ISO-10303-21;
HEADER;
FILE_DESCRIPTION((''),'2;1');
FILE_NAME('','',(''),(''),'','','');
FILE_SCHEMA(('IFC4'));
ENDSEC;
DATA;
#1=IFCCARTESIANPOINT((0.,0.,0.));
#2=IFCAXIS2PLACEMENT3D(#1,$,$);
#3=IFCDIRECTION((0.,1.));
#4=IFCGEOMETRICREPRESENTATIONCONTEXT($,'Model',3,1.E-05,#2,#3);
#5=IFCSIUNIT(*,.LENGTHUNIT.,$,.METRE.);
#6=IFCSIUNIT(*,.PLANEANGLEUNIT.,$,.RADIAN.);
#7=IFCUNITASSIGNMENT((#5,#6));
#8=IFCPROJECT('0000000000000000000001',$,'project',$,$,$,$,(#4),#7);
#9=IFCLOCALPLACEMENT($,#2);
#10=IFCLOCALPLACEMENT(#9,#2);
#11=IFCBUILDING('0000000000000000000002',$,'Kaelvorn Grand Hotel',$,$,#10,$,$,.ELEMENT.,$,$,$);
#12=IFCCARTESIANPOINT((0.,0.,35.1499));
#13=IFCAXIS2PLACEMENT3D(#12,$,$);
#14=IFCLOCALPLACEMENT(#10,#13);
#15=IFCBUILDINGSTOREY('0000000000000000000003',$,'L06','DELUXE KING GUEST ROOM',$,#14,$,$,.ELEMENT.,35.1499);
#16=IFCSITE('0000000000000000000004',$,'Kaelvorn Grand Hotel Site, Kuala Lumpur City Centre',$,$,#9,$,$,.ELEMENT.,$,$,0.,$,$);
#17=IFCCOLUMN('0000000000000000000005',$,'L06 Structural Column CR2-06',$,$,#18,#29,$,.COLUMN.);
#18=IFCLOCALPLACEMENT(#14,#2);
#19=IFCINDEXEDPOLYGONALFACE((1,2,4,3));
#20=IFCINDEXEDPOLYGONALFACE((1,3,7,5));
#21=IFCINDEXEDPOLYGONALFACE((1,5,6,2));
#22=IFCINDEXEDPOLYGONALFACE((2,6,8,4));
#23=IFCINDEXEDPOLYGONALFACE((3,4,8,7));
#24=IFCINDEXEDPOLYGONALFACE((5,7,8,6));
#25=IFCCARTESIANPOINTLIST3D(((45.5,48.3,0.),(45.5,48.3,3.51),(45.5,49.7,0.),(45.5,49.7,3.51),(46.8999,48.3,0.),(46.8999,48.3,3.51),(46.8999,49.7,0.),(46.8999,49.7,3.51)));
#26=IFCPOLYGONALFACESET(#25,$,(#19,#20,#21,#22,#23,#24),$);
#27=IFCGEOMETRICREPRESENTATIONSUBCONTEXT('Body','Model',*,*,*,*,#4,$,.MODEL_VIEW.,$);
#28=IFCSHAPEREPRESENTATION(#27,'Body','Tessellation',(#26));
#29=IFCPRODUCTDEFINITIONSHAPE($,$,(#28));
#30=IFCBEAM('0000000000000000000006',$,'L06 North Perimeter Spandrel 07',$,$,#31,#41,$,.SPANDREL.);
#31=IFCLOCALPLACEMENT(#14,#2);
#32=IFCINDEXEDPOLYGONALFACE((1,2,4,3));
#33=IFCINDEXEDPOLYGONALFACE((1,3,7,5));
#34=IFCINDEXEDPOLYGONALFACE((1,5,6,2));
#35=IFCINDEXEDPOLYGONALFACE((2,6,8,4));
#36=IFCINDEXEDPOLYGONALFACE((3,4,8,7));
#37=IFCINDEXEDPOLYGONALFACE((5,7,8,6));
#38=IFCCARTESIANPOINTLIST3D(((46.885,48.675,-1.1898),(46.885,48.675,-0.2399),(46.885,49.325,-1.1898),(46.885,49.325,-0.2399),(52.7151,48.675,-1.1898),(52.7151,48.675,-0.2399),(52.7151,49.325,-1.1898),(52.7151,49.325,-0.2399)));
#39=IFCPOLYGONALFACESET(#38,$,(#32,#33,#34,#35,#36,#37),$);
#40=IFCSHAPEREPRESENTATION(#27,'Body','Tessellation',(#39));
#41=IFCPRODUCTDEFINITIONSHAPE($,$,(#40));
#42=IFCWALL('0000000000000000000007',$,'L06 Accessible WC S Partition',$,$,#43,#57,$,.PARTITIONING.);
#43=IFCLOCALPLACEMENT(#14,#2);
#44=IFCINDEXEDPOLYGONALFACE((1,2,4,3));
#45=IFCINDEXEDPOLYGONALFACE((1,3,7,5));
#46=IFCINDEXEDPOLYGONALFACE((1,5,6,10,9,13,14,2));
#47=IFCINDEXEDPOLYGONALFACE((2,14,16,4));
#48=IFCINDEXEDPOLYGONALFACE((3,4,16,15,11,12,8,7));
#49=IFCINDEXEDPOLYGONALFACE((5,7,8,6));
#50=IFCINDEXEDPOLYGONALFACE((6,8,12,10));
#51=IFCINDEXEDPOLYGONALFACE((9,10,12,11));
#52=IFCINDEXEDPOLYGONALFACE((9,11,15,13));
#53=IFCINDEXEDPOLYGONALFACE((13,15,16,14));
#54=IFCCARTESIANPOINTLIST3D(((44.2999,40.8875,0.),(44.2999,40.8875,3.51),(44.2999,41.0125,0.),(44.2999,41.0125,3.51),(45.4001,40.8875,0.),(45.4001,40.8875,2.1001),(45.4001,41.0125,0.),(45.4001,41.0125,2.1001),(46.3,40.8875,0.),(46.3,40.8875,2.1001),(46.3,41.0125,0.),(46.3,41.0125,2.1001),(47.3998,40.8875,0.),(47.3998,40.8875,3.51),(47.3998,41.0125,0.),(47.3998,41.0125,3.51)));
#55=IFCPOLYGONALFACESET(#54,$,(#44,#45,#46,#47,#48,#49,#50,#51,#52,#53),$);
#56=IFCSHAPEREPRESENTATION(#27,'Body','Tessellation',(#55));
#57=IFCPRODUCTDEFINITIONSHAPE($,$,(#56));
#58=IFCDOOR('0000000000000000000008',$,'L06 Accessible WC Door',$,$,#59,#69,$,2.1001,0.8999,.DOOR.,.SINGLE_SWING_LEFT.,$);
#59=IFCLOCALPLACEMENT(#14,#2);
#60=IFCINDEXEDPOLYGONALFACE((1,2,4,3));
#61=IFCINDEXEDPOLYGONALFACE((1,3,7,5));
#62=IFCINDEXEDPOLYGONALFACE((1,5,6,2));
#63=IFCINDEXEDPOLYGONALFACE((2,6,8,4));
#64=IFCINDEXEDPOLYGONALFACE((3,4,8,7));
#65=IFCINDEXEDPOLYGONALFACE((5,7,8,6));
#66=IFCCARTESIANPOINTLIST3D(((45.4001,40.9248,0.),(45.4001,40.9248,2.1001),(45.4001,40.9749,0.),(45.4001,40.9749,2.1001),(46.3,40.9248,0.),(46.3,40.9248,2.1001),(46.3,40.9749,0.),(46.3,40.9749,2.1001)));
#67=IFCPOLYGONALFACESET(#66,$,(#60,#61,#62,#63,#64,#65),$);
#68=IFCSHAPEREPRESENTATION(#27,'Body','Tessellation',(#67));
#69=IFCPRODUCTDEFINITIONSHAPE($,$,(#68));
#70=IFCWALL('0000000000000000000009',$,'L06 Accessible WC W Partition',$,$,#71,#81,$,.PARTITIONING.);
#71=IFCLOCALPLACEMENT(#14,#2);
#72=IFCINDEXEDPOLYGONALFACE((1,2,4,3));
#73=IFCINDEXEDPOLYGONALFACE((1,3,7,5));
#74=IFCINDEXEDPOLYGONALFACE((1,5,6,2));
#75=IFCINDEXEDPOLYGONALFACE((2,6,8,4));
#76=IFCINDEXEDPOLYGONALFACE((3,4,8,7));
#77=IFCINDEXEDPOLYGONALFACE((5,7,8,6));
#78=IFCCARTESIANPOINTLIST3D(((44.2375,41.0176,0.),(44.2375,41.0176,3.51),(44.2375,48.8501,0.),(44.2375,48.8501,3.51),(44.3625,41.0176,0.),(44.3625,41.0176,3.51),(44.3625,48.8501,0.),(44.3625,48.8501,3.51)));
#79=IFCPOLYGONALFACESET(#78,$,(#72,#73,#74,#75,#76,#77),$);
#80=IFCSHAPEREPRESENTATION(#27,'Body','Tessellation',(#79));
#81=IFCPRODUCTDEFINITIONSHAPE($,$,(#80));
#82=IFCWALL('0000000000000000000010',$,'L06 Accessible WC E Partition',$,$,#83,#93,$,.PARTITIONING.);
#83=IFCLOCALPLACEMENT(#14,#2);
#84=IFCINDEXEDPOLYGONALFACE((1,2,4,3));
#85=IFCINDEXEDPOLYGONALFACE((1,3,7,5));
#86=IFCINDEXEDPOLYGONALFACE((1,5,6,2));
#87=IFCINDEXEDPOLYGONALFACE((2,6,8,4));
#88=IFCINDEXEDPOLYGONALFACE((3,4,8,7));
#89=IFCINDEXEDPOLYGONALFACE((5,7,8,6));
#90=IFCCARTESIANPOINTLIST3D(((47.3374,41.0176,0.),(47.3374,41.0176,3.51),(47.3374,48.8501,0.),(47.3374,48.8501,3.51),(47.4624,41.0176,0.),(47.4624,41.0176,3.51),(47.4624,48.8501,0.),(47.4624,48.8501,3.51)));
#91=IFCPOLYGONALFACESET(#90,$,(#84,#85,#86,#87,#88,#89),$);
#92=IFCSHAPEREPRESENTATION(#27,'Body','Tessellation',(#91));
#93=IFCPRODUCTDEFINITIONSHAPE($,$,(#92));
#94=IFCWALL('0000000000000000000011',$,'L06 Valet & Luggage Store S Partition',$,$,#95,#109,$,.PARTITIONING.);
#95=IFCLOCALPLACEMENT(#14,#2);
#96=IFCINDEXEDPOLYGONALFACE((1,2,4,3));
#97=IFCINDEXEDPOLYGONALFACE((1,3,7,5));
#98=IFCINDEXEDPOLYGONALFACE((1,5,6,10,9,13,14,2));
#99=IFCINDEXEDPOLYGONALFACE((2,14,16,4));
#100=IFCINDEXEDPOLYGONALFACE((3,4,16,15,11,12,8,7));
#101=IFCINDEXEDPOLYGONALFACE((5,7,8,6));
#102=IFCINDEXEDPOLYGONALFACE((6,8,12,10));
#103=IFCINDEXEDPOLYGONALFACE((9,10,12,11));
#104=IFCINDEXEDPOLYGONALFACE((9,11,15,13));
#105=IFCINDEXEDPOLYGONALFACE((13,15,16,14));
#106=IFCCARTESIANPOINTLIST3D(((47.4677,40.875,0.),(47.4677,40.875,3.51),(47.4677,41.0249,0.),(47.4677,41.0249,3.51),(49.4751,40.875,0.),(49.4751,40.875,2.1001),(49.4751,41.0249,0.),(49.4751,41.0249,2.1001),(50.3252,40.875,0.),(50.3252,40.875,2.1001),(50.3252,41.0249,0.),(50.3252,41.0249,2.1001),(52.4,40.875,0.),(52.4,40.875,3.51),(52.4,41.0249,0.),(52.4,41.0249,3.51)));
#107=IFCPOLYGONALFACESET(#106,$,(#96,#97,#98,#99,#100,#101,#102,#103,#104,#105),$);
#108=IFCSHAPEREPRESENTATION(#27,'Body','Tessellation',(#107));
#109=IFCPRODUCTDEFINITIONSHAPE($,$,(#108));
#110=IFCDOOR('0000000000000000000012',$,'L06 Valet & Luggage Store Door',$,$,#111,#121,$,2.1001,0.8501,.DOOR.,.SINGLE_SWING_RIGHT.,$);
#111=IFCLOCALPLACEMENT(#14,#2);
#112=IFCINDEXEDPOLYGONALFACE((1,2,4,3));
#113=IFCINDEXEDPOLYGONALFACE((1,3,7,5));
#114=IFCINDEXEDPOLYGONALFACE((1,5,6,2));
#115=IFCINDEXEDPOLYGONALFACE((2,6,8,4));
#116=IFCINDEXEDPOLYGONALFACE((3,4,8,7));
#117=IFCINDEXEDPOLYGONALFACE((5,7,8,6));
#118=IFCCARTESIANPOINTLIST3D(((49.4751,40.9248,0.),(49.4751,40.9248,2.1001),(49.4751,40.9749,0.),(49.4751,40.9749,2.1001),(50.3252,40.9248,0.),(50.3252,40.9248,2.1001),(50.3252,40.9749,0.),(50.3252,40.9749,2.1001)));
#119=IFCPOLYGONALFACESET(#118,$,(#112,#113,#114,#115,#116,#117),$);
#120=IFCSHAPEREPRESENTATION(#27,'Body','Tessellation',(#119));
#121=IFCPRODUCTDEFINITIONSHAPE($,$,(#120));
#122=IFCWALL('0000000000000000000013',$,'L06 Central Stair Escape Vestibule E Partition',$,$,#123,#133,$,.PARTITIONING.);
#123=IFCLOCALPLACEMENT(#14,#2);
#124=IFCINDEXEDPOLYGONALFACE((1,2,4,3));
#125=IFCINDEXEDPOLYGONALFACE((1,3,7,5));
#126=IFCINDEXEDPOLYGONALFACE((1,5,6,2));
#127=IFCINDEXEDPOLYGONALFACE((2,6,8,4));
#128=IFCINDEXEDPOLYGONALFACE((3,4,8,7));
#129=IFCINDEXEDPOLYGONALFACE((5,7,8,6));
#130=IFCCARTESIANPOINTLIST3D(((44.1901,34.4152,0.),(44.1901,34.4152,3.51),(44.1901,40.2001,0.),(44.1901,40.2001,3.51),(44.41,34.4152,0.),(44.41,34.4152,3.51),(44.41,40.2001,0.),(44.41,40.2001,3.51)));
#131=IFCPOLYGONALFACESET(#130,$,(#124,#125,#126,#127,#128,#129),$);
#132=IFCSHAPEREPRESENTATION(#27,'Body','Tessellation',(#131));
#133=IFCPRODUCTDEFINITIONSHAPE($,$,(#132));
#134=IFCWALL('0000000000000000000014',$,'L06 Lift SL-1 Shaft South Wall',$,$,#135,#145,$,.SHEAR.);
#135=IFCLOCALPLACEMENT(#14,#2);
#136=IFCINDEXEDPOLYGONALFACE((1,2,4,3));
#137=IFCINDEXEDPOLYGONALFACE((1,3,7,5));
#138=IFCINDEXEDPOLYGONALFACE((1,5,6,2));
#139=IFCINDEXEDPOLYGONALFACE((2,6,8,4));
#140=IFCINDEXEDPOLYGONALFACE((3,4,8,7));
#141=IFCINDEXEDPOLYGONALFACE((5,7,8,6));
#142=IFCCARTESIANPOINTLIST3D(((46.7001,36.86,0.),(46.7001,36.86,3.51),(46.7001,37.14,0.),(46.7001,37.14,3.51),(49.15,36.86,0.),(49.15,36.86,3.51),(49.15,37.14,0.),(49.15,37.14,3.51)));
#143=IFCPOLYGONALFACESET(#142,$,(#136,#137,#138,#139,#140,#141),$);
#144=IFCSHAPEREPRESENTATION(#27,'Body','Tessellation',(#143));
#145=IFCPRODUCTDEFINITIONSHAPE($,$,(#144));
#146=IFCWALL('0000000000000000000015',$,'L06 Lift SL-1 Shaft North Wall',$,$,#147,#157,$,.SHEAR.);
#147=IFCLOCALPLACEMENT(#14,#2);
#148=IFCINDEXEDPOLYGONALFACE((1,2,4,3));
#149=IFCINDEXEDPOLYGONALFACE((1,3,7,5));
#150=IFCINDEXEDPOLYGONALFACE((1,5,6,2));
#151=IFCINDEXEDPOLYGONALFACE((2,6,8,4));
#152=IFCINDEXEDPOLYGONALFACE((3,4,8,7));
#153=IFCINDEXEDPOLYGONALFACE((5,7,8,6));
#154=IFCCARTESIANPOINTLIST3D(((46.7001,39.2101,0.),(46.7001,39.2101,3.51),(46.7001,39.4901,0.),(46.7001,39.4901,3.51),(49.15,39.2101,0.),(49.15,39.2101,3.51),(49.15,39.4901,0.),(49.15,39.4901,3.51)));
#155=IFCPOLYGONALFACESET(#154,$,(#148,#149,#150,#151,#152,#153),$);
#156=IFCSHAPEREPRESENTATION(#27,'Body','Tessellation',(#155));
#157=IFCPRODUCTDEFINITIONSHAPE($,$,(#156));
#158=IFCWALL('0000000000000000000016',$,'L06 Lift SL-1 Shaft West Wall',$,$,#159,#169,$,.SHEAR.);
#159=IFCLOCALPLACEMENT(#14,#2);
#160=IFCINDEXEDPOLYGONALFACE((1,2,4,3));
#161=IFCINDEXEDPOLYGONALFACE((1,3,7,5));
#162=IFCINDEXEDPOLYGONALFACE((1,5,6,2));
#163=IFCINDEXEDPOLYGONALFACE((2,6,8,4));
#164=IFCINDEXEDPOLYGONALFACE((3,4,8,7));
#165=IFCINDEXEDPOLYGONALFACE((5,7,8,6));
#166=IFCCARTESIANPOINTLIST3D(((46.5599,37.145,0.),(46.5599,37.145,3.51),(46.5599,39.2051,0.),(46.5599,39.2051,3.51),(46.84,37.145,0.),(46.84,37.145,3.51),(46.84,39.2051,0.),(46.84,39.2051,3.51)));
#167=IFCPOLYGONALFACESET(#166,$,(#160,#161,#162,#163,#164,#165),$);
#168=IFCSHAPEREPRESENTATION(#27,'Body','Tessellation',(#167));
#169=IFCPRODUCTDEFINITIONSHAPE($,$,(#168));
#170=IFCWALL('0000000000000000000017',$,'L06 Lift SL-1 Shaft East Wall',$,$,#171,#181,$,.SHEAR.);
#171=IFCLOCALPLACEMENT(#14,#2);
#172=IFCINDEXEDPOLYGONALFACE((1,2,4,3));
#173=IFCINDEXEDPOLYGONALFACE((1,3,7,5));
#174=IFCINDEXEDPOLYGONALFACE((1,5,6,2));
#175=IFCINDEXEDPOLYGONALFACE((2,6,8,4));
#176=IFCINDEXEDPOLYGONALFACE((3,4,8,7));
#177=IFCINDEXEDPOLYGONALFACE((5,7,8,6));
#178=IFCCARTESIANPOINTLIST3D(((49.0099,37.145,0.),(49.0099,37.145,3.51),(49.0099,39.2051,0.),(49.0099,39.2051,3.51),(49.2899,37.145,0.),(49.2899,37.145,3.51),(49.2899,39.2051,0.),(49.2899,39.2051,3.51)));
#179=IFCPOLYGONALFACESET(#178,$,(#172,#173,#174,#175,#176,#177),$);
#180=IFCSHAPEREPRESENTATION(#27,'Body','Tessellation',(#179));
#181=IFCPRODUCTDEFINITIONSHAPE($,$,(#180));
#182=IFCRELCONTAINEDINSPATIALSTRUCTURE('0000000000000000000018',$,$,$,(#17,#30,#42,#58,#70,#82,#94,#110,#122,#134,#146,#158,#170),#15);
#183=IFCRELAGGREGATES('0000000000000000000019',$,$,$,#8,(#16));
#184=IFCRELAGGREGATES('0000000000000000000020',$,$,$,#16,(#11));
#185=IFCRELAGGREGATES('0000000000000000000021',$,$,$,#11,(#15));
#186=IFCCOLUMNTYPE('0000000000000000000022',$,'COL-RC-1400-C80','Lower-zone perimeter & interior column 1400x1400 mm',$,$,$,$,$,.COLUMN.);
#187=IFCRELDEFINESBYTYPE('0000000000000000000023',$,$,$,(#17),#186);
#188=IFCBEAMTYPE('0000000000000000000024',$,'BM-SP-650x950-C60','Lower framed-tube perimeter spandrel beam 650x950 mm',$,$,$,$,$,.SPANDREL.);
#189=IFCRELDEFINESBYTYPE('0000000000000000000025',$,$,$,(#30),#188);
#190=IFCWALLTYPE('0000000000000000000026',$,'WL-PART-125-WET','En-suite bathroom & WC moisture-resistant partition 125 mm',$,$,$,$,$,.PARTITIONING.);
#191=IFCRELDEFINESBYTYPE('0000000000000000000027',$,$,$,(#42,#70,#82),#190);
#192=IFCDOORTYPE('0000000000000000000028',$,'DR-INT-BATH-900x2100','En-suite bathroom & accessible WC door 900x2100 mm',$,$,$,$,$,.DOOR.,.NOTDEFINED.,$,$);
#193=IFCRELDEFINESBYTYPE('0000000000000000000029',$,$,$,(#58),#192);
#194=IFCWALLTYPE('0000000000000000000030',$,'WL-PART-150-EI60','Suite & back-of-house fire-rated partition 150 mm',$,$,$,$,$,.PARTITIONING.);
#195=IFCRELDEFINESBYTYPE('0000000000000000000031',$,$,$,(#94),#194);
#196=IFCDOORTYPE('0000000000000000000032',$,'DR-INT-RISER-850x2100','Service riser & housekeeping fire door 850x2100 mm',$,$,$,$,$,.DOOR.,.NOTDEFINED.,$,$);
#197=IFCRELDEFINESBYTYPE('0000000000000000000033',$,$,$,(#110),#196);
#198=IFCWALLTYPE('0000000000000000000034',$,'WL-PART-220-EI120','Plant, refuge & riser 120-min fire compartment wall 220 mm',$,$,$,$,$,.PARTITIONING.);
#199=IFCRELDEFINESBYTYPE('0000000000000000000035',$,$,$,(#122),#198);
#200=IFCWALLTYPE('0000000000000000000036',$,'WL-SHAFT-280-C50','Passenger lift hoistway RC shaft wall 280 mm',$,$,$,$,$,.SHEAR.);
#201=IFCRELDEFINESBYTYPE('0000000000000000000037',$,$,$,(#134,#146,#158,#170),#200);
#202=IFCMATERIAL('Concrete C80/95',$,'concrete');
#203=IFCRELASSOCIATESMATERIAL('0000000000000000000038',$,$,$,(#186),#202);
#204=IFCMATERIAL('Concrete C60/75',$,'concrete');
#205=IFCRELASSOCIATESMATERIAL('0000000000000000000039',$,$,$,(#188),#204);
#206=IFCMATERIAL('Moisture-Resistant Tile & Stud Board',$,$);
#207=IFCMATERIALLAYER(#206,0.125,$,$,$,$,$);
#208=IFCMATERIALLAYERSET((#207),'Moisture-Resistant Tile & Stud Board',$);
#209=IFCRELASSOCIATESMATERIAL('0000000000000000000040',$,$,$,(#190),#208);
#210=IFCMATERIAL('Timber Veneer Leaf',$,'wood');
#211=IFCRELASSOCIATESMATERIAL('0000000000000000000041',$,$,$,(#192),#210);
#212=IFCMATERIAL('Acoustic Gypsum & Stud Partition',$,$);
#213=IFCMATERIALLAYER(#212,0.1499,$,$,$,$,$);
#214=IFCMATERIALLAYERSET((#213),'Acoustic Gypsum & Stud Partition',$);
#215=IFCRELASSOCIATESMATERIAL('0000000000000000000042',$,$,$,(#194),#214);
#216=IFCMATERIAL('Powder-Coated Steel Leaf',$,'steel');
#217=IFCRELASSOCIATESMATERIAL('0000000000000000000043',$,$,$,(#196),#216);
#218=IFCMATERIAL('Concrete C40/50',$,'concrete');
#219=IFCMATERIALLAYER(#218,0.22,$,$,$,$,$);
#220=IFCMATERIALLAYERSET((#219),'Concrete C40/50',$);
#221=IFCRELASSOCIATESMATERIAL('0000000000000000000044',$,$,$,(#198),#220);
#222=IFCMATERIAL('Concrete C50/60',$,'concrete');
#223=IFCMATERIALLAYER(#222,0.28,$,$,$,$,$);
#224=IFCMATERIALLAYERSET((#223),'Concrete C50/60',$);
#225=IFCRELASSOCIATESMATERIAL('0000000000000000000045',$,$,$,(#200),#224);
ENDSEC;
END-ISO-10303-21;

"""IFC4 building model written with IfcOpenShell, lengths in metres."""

from ifc_helpers import new_model, si_unit, direction, frame, frame_2d, origin, origin_2d, place, context, subcontext, project, spatial, rectangle, extrude, material, layer, layer_set, material_profile, profile_set, type_object, element, fill, save


model = new_model("IFC4")

# Units and contexts
model_context = context("Model", 3, precision=1e-05, world=origin(), true_north=direction((0.0, 1.0)))
body_context = subcontext(model_context, "Body", "Model", "MODEL_VIEW")
ifc_project = project(units=[si_unit("LENGTHUNIT", "METRE"), si_unit("PLANEANGLEUNIT", "RADIAN")], contexts=[model_context])

# Site, building, storey
site_placement = place(None, origin())
site = spatial("IfcSite", under=ifc_project, at=site_placement, Name="Kaelvorn Grand Hotel Site, Kuala Lumpur City Centre", CompositionType="ELEMENT", RefElevation=0.0)
building_placement = place(site_placement, origin())
building = spatial("IfcBuilding", under=site, at=building_placement, Name="Kaelvorn Grand Hotel", CompositionType="ELEMENT")
storey_placement = place(building_placement, frame((0.0, 0.0, 35.1499)))
storey = spatial("IfcBuildingStorey", under=building, at=storey_placement, Name="L06", Description="DELUXE KING GUEST ROOM", CompositionType="ELEMENT", Elevation=35.1499)

# Column
ifc_material_1 = material(Name="Concrete C80/95", Category="concrete")
ifc_material_profile_1 = material_profile(ifc_material_1, rectangle(XDim=1.3999, YDim=1.3999, at=origin_2d()), Name="RC COL 1400x1400")
ifc_profile_set_1 = profile_set([ifc_material_profile_1], Name="Concrete C80/95")
column_type = type_object("IfcColumnType", Name="COL-RC-1400-C80", Description="Lower-zone perimeter & interior column 1400x1400 mm", PredefinedType="COLUMN", material=ifc_profile_set_1)
column_placement = place(storey_placement, frame((46.2, 49.0, 0.0), z_axis=(0.0, 0.0, 1.0), x_axis=(1.0, 0.0, 0.0)))
element("IfcColumn", 1, at=column_placement, inside=storey, type_object=column_type, Name="L06 Structural Column CR2-06", PredefinedType="COLUMN", context=body_context, shape_type="SweptSolid", body=[
    extrude(rectangle(XDim=1.3999, YDim=1.3999, at=origin_2d()), origin(), (0.0, 0.0, 1.0), 3.51),
])

# Beam
ifc_material_2 = material(Name="Concrete C60/75", Category="concrete")
ifc_material_profile_2 = material_profile(ifc_material_2, rectangle(XDim=0.6499, YDim=0.95, at=origin_2d()), Name="RC SPANDREL 650x950")
ifc_profile_set_2 = profile_set([ifc_material_profile_2], Name="Concrete C60/75")
beam_type = type_object("IfcBeamType", Name="BM-SP-650x950-C60", Description="Lower framed-tube perimeter spandrel beam 650x950 mm", PredefinedType="SPANDREL", material=ifc_profile_set_2)
beam_placement = place(storey_placement, frame((46.885, 49.0, -0.7148), z_axis=(1.0, 0.0, 0.0), x_axis=(0.0, 1.0, 0.0)))
element("IfcBeam", 2, at=beam_placement, inside=storey, type_object=beam_type, Name="L06 North Perimeter Spandrel 07", PredefinedType="SPANDREL", context=body_context, shape_type="SweptSolid", body=[
    extrude(rectangle(XDim=0.6499, YDim=0.95, at=origin_2d()), origin(), (0.0, 0.0, 1.0), 5.8301),
])

# Wall, opening, door
ifc_material_3 = material(Name="Moisture-Resistant Tile & Stud Board")
ifc_layer_1 = layer(ifc_material_3, 0.125)
ifc_layer_set_1 = layer_set([ifc_layer_1], Name="Moisture-Resistant Tile & Stud Board")
wall_type_1 = type_object("IfcWallType", Name="WL-PART-125-WET", Description="En-suite bathroom & WC moisture-resistant partition 125 mm", PredefinedType="PARTITIONING", material=ifc_layer_set_1)
wall_1_placement = place(storey_placement, frame((44.3, 40.95, 0.0), z_axis=(0.0, 0.0, 1.0), x_axis=(1.0, 0.0, 0.0)))
wall_1 = element("IfcWall", 3, at=wall_1_placement, inside=storey, type_object=wall_type_1, Name="L06 Accessible WC S Partition", PredefinedType="PARTITIONING", context=body_context, shape_type="SweptSolid", body=[
    extrude(rectangle(XDim=3.0999, YDim=0.125, at=frame_2d((1.5498, 0.0))), origin(), (0.0, 0.0, 1.0), 3.51),
])
opening_1_placement = place(wall_1_placement, frame((1.1001, 0.0, 0.0)))
opening_1 = element("IfcOpeningElement", 4, at=opening_1_placement, cuts=wall_1, PredefinedType="OPENING", context=body_context, shape_type="SweptSolid", body=[
    extrude(rectangle(XDim=0.8999, YDim=2.1001, at=frame_2d((0.45, 1.05))), frame((0.0, 0.0725, 0.0), z_axis=(0.0, -1.0, 0.0), x_axis=(1.0, 0.0, 0.0)), (0.0, 0.0, 1.0), 0.145),
])
ifc_material_4 = material(Name="Timber Veneer Leaf", Category="wood")
door_type_1 = type_object("IfcDoorType", Name="DR-INT-BATH-900x2100", Description="En-suite bathroom & accessible WC door 900x2100 mm", OperationType="NOTDEFINED", PredefinedType="DOOR", material=ifc_material_4)
door_1_placement = place(opening_1_placement, origin())
door_1 = element("IfcDoor", 5, at=door_1_placement, inside=storey, type_object=door_type_1, Name="L06 Accessible WC Door", OperationType="SINGLE_SWING_LEFT", OverallHeight=2.1001, OverallWidth=0.8999, PredefinedType="DOOR", context=body_context, shape_type="SweptSolid", body=[
    extrude(rectangle(XDim=0.8999, YDim=2.1001, at=frame_2d((0.45, 1.05))), frame((0.0, 0.0249, 0.0), z_axis=(0.0, -1.0, 0.0), x_axis=(1.0, 0.0, 0.0)), (0.0, 0.0, 1.0), 0.05),
])
fill(opening_1, door_1)

# Walls
for number, where, z_axis, x_axis, name in (
    (6, (44.3, 41.0176, 0.0), (0.0, 0.0, 1.0), (0.0, 1.0, 0.0), "L06 Accessible WC W Partition"),
    (7, (47.3999, 41.0176, 0.0), (0.0, 0.0, 1.0), (0.0, 1.0, 0.0), "L06 Accessible WC E Partition"),
):
    element("IfcWall", number, at=place(storey_placement, frame(where, z_axis=z_axis, x_axis=x_axis)), inside=storey, type_object=wall_type_1, Name=name, PredefinedType="PARTITIONING", context=body_context, shape_type="SweptSolid", body=[
        extrude(rectangle(XDim=7.8325, YDim=0.125, at=frame_2d((3.9163, 0.0))), origin(), (0.0, 0.0, 1.0), 3.51),
    ])

# Wall, opening, door
ifc_material_5 = material(Name="Acoustic Gypsum & Stud Partition")
ifc_layer_2 = layer(ifc_material_5, 0.1499)
ifc_layer_set_2 = layer_set([ifc_layer_2], Name="Acoustic Gypsum & Stud Partition")
wall_type_2 = type_object("IfcWallType", Name="WL-PART-150-EI60", Description="Suite & back-of-house fire-rated partition 150 mm", PredefinedType="PARTITIONING", material=ifc_layer_set_2)
wall_2_placement = place(storey_placement, frame((47.4675, 40.95, 0.0), z_axis=(0.0, 0.0, 1.0), x_axis=(1.0, 0.0, 0.0)))
wall_2 = element("IfcWall", 8, at=wall_2_placement, inside=storey, type_object=wall_type_2, Name="L06 Valet & Luggage Store S Partition", PredefinedType="PARTITIONING", context=body_context, shape_type="SweptSolid", body=[
    extrude(rectangle(XDim=4.9324, YDim=0.1499, at=frame_2d((2.4663, 0.0))), origin(), (0.0, 0.0, 1.0), 3.51),
])
opening_2_placement = place(wall_2_placement, frame((2.0076, 0.0, 0.0)))
opening_2 = element("IfcOpeningElement", 9, at=opening_2_placement, cuts=wall_2, PredefinedType="OPENING", context=body_context, shape_type="SweptSolid", body=[
    extrude(rectangle(XDim=0.8501, YDim=2.1001, at=frame_2d((0.425, 1.05))), frame((0.0, 0.085, 0.0), z_axis=(0.0, -1.0, 0.0), x_axis=(1.0, 0.0, 0.0)), (0.0, 0.0, 1.0), 0.1699),
])
ifc_material_6 = material(Name="Powder-Coated Steel Leaf", Category="steel")
door_type_2 = type_object("IfcDoorType", Name="DR-INT-RISER-850x2100", Description="Service riser & housekeeping fire door 850x2100 mm", OperationType="NOTDEFINED", PredefinedType="DOOR", material=ifc_material_6)
door_2_placement = place(opening_2_placement, origin())
door_2 = element("IfcDoor", 10, at=door_2_placement, inside=storey, type_object=door_type_2, Name="L06 Valet & Luggage Store Door", OperationType="SINGLE_SWING_RIGHT", OverallHeight=2.1001, OverallWidth=0.8501, PredefinedType="DOOR", context=body_context, shape_type="SweptSolid", body=[
    extrude(rectangle(XDim=0.8501, YDim=2.1001, at=frame_2d((0.425, 1.05))), frame((0.0, 0.0249, 0.0), z_axis=(0.0, -1.0, 0.0), x_axis=(1.0, 0.0, 0.0)), (0.0, 0.0, 1.0), 0.05),
])
fill(opening_2, door_2)

# Walls
ifc_material_7 = material(Name="Concrete C40/50", Category="concrete")
ifc_layer_3 = layer(ifc_material_7, 0.22)
ifc_layer_set_3 = layer_set([ifc_layer_3], Name="Concrete C40/50")
wall_type_3 = type_object("IfcWallType", Name="WL-PART-220-EI120", Description="Plant, refuge & riser 120-min fire compartment wall 220 mm", PredefinedType="PARTITIONING", material=ifc_layer_set_3)
wall_3_placement = place(storey_placement, frame((44.3, 34.415, 0.0), z_axis=(0.0, 0.0, 1.0), x_axis=(0.0, 1.0, 0.0)))
element("IfcWall", 11, at=wall_3_placement, inside=storey, type_object=wall_type_3, Name="L06 Central Stair Escape Vestibule E Partition", PredefinedType="PARTITIONING", context=body_context, shape_type="SweptSolid", body=[
    extrude(rectangle(XDim=5.7849, YDim=0.22, at=frame_2d((2.8926, 0.0))), origin(), (0.0, 0.0, 1.0), 3.51),
])
ifc_material_8 = material(Name="Concrete C50/60", Category="concrete")
ifc_layer_4 = layer(ifc_material_8, 0.28)
ifc_layer_set_4 = layer_set([ifc_layer_4], Name="Concrete C50/60")
wall_type_4 = type_object("IfcWallType", Name="WL-SHAFT-280-C50", Description="Passenger lift hoistway RC shaft wall 280 mm", PredefinedType="SHEAR", material=ifc_layer_set_4)
for number, where, z_axis, x_axis, name in (
    (12, (46.7, 37.0, 0.0), (0.0, 0.0, 1.0), (1.0, 0.0, 0.0), "L06 Lift SL-1 Shaft South Wall"),
    (13, (46.7, 39.3501, 0.0), (0.0, 0.0, 1.0), (1.0, 0.0, 0.0), "L06 Lift SL-1 Shaft North Wall"),
):
    element("IfcWall", number, at=place(storey_placement, frame(where, z_axis=z_axis, x_axis=x_axis)), inside=storey, type_object=wall_type_4, Name=name, PredefinedType="SHEAR", context=body_context, shape_type="SweptSolid", body=[
        extrude(rectangle(XDim=2.45, YDim=0.28, at=frame_2d((1.2251, 0.0))), origin(), (0.0, 0.0, 1.0), 3.51),
    ])
for number, where, z_axis, x_axis, name in (
    (14, (46.7, 37.145, 0.0), (0.0, 0.0, 1.0), (0.0, 1.0, 0.0), "L06 Lift SL-1 Shaft West Wall"),
    (15, (49.1499, 37.145, 0.0), (0.0, 0.0, 1.0), (0.0, 1.0, 0.0), "L06 Lift SL-1 Shaft East Wall"),
):
    element("IfcWall", number, at=place(storey_placement, frame(where, z_axis=z_axis, x_axis=x_axis)), inside=storey, type_object=wall_type_4, Name=name, PredefinedType="SHEAR", context=body_context, shape_type="SweptSolid", body=[
        extrude(rectangle(XDim=2.0601, YDim=0.28, at=frame_2d((1.03, 0.0))), origin(), (0.0, 0.0, 1.0), 3.51),
    ])

save(model, "model.ifc")
